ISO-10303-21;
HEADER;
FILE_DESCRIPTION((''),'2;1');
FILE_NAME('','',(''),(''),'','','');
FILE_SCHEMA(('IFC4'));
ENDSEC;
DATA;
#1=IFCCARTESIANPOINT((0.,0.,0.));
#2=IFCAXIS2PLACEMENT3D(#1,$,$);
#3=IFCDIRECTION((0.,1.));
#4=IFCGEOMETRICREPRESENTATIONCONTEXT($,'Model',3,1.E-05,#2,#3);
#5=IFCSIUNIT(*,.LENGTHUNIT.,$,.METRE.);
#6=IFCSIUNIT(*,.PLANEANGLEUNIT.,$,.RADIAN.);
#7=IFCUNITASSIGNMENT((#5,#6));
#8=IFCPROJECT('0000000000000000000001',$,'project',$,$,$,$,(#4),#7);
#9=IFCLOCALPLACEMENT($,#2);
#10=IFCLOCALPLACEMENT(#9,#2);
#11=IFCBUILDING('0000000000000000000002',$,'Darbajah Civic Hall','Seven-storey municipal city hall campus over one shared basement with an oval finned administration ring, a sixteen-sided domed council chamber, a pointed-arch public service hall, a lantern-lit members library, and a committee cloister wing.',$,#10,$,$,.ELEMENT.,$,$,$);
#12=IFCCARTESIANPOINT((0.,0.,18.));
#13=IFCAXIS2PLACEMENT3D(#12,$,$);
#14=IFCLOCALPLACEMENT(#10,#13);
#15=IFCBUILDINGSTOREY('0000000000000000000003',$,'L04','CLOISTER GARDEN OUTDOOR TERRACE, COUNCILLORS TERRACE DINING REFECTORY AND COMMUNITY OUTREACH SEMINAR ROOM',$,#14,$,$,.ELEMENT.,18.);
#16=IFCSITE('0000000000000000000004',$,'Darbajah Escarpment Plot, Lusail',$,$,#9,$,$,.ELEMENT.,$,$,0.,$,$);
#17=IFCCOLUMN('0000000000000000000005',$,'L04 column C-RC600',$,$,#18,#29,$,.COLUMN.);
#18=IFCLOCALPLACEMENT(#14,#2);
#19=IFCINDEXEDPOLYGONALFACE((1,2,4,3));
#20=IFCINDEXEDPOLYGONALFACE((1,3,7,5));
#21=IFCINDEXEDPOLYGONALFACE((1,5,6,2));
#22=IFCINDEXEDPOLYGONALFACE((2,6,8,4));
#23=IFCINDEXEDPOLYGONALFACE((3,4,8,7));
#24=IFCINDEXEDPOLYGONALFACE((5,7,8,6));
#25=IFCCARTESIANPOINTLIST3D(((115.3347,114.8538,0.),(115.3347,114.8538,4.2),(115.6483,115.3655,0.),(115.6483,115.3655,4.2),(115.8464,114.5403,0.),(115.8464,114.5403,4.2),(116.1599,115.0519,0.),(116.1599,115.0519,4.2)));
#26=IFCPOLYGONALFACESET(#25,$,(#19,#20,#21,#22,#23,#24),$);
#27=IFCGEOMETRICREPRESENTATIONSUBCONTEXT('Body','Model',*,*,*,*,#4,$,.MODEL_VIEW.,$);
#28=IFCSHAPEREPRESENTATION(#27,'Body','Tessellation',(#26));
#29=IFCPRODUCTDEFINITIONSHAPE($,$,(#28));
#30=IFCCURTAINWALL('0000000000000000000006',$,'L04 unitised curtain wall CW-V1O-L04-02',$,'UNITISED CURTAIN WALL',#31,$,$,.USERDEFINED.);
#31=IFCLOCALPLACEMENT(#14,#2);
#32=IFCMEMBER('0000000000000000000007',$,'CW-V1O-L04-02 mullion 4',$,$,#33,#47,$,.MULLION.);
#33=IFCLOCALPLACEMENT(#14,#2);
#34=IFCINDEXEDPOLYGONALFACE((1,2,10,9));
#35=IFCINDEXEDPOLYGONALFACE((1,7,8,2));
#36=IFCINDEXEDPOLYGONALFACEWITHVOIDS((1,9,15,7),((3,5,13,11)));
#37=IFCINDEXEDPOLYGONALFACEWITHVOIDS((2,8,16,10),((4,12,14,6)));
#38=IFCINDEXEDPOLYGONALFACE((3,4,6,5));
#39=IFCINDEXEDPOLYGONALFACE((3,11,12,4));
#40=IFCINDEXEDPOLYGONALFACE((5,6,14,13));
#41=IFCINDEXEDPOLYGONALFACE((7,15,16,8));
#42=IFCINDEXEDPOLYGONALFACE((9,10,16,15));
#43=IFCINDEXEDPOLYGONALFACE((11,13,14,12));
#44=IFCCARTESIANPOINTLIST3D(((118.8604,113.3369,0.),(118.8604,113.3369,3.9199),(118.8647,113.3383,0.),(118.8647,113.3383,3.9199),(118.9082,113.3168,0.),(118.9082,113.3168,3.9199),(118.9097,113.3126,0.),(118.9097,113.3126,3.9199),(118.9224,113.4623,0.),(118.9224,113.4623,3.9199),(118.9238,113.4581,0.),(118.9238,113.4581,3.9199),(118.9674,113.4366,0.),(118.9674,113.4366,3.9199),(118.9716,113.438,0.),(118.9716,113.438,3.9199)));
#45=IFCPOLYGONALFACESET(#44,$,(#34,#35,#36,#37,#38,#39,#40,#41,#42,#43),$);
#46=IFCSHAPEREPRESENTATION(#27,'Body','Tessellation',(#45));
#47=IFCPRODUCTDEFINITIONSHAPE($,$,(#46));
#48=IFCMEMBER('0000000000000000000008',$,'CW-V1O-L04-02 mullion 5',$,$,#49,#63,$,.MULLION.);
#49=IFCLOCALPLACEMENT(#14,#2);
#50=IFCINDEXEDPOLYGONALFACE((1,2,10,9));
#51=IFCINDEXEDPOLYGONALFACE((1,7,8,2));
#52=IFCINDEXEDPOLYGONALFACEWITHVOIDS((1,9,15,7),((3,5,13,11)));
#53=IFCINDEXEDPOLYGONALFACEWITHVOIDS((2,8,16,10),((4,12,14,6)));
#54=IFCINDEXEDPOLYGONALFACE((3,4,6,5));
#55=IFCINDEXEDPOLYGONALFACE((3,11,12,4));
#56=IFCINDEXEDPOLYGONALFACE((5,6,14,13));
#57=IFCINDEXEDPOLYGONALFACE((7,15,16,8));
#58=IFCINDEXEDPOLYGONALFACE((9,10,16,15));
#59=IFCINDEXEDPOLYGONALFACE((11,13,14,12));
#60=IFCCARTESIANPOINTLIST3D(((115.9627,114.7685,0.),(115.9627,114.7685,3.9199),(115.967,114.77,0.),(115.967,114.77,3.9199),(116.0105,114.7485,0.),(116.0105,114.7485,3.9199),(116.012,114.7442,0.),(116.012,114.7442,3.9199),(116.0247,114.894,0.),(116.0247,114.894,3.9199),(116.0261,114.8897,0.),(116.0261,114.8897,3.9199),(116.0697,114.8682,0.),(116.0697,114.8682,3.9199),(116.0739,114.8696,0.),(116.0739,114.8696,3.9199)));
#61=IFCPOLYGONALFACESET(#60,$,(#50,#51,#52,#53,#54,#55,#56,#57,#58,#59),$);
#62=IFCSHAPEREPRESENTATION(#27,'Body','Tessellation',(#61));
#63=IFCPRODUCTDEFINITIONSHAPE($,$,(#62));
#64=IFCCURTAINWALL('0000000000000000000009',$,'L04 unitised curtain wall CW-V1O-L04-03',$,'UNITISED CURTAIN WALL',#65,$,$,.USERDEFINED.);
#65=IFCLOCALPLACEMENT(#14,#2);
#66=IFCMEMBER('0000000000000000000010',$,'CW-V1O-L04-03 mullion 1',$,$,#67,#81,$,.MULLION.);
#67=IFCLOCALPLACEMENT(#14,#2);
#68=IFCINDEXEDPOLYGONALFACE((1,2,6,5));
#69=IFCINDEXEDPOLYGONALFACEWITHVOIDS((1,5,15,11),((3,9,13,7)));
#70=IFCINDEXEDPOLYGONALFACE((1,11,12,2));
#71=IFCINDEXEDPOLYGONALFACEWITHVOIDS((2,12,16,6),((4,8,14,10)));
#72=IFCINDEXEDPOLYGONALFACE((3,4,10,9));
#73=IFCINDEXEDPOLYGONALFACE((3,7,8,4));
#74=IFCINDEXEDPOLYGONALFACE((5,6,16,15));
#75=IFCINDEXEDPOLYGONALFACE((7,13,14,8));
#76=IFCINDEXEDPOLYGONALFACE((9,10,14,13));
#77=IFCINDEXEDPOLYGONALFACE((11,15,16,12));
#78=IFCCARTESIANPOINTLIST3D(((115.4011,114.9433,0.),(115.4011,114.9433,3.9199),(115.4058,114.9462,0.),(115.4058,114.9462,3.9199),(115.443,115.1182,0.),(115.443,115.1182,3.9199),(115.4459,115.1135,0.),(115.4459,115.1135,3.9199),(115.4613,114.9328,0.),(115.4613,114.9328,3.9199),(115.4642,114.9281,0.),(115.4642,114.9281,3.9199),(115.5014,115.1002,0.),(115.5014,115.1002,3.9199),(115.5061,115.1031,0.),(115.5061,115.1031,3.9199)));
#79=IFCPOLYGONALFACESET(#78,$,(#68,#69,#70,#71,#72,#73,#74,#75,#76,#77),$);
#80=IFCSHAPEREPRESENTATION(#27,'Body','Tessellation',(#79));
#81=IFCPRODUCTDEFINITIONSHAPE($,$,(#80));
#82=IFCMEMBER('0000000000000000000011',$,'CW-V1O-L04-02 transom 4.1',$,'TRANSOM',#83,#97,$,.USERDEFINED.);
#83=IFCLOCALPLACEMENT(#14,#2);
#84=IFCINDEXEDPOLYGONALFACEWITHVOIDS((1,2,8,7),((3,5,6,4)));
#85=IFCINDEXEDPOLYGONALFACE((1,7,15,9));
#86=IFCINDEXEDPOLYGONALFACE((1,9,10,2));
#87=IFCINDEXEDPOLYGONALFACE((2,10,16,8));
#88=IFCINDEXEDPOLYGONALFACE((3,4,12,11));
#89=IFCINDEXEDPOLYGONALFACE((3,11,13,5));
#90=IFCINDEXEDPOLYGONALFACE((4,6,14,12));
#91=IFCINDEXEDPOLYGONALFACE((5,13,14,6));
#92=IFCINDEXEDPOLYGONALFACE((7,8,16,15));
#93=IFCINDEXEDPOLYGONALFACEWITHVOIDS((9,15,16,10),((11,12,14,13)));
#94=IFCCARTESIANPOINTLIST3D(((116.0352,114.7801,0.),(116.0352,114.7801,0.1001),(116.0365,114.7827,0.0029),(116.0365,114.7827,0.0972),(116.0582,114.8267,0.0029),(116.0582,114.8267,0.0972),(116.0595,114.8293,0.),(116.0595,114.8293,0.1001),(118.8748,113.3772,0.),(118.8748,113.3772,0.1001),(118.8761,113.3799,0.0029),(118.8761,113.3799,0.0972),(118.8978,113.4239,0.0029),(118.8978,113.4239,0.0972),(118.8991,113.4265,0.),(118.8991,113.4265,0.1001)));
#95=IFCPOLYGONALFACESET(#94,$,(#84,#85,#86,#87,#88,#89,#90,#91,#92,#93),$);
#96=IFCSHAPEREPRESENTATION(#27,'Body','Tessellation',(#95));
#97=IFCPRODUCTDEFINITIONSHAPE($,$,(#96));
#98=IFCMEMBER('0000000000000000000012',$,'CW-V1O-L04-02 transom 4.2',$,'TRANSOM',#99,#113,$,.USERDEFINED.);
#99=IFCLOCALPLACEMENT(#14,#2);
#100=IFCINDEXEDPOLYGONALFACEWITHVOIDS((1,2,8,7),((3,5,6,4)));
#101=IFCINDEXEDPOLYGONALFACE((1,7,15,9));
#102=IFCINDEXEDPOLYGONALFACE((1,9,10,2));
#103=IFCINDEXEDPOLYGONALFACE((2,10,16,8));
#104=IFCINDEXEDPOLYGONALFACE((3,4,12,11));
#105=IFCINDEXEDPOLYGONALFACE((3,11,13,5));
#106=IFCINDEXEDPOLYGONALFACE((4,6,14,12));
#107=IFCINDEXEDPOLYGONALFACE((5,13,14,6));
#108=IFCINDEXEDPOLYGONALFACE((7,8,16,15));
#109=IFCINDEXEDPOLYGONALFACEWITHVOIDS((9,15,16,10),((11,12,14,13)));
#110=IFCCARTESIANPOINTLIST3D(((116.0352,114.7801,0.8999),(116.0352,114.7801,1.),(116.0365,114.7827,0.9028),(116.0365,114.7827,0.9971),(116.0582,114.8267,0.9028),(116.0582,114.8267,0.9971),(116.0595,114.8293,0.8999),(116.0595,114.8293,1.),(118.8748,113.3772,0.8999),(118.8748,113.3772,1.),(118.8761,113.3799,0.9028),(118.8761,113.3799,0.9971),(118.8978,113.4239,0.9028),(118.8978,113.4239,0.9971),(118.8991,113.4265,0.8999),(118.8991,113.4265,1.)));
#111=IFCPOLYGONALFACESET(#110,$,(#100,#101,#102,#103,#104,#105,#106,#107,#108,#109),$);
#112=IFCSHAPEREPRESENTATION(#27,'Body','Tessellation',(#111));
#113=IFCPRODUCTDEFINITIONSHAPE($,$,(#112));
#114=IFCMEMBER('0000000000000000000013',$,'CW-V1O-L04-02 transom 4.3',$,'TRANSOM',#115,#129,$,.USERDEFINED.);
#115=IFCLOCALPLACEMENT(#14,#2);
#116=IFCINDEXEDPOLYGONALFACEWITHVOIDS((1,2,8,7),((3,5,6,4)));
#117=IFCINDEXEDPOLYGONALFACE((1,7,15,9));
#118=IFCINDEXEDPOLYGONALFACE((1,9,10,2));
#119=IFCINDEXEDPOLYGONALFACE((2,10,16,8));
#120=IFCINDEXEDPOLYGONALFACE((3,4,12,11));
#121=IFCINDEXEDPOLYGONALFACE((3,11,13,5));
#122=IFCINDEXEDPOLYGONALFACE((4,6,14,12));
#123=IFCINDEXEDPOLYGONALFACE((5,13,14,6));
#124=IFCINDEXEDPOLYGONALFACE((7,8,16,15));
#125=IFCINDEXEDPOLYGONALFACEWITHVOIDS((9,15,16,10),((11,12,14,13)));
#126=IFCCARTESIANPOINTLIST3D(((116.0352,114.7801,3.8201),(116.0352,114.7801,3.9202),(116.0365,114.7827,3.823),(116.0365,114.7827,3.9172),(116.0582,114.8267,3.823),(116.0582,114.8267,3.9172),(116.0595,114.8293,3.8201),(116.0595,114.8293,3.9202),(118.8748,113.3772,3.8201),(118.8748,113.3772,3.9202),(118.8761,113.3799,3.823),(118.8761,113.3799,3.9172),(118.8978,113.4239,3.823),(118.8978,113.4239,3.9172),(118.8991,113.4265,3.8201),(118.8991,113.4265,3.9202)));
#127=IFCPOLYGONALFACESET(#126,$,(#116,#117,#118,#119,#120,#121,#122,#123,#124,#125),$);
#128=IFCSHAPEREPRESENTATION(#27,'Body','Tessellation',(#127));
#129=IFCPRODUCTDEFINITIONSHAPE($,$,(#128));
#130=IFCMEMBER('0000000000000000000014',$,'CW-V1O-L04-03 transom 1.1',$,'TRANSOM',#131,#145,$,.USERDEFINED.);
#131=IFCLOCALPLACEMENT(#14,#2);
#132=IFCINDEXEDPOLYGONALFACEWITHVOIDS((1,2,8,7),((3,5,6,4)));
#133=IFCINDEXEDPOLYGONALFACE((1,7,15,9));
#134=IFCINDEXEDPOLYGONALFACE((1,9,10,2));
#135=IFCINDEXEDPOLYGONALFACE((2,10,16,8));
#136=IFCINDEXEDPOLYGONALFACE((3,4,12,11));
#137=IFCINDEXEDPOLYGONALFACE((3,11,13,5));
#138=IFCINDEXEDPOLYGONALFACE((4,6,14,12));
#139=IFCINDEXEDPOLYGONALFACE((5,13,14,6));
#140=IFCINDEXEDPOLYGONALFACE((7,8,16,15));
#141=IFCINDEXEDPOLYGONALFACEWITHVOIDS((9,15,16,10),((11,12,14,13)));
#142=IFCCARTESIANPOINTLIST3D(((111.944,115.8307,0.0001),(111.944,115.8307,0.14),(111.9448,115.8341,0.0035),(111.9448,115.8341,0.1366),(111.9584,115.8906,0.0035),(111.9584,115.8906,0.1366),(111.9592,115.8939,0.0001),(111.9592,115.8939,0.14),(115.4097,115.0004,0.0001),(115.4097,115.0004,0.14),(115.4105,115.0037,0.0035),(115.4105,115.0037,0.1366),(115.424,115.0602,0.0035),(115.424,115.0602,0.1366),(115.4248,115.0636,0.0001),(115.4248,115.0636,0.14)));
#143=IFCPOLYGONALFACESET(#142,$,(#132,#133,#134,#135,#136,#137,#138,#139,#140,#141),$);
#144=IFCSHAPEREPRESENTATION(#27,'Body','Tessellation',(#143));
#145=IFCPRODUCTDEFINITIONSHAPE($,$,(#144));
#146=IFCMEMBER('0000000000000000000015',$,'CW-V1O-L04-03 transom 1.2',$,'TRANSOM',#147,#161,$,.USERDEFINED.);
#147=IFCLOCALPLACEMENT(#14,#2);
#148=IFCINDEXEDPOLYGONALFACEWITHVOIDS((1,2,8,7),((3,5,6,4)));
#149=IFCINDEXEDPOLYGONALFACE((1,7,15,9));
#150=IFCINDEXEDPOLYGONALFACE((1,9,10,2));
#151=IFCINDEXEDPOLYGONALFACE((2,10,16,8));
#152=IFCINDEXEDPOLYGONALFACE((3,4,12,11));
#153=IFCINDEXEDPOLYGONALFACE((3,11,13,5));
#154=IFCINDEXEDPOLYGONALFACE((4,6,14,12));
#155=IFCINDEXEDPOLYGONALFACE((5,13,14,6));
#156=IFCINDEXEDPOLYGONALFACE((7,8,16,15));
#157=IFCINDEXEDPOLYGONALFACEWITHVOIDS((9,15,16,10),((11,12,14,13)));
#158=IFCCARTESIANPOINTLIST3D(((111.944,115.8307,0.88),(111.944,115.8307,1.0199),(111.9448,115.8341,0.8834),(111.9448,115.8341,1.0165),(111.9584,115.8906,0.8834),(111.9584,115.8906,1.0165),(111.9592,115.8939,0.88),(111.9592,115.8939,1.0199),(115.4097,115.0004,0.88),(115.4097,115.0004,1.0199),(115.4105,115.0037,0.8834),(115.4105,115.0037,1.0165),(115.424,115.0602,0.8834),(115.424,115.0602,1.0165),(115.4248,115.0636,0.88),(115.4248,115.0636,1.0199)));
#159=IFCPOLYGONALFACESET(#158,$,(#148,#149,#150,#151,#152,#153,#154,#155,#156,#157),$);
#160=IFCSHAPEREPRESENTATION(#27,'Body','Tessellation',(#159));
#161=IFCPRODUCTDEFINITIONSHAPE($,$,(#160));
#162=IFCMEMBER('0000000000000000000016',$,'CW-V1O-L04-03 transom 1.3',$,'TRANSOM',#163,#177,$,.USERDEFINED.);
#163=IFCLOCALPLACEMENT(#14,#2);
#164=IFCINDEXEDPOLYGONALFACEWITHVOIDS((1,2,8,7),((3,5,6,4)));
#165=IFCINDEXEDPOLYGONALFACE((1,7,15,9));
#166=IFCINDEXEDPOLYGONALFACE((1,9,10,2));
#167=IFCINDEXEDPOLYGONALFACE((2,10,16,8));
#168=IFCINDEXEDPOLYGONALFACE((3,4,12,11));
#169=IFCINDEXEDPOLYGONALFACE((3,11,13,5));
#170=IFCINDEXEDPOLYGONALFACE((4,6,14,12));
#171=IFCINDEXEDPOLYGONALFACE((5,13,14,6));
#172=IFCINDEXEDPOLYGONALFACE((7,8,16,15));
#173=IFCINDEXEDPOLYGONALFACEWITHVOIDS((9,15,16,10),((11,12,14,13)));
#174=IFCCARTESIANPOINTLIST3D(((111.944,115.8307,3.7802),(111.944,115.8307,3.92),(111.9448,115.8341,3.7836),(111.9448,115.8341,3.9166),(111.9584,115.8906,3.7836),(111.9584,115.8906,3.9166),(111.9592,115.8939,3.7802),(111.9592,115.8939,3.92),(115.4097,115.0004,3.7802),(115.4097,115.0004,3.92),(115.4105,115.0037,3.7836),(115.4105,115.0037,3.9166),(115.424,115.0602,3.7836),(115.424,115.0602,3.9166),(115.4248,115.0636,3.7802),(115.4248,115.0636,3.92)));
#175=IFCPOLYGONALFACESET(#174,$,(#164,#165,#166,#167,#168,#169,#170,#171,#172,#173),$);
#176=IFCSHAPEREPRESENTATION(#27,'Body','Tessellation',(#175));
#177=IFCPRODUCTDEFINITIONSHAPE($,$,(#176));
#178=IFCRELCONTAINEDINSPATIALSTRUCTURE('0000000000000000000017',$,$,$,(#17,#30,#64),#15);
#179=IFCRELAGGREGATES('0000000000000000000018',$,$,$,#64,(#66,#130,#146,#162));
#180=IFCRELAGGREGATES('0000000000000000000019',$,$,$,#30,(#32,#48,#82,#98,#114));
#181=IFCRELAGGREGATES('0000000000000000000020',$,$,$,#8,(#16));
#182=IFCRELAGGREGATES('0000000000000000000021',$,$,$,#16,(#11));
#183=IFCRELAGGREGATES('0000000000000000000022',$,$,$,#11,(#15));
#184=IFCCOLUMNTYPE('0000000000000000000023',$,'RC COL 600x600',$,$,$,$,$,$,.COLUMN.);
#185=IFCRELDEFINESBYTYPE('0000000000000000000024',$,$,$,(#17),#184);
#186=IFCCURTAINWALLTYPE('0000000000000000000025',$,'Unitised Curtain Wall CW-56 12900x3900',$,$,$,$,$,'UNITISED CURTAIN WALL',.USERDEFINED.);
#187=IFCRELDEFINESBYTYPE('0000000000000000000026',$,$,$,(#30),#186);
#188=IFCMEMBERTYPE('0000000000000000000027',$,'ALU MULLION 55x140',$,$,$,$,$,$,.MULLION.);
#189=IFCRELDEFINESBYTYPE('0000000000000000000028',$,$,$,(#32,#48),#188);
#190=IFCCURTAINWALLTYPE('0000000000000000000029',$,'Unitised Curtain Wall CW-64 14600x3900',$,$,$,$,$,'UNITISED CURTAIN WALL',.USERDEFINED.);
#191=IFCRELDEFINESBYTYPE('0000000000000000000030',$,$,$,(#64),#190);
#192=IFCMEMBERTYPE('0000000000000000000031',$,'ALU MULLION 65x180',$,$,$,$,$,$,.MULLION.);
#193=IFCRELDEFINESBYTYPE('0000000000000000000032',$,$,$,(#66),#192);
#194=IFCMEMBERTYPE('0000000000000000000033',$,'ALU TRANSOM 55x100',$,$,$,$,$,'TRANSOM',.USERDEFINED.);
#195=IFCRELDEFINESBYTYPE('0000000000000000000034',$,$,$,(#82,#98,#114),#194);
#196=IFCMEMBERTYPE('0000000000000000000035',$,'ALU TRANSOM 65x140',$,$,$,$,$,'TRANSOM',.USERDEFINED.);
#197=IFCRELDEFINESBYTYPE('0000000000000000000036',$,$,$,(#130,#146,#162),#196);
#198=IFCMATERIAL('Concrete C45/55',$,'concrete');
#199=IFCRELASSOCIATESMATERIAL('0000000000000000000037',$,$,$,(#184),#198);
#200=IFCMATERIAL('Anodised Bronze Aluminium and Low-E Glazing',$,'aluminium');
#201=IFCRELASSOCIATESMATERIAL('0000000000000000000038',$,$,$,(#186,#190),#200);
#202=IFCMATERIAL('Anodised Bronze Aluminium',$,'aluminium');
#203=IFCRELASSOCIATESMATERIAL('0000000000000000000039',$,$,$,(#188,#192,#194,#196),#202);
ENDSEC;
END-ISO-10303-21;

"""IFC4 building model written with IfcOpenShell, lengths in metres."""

from ifc_helpers import new_model, si_unit, direction, frame, origin, origin_2d, place, context, subcontext, project, spatial, rectangle, hollow_rectangle, extrude, material, material_profile, profile_set, type_object, element, aggregate, save


model = new_model("IFC4")

# Units and contexts
model_context = context("Model", 3, precision=1e-05, world=origin(), true_north=direction((0.0, 1.0)))
body_context = subcontext(model_context, "Body", "Model", "MODEL_VIEW")
ifc_project = project(units=[si_unit("LENGTHUNIT", "METRE"), si_unit("PLANEANGLEUNIT", "RADIAN")], contexts=[model_context])

# Site, building, storey
site_placement = place(None, origin())
site = spatial("IfcSite", under=ifc_project, at=site_placement, Name="Darbajah Escarpment Plot, Lusail", CompositionType="ELEMENT", RefElevation=0.0)
building_placement = place(site_placement, origin())
building = spatial("IfcBuilding", under=site, at=building_placement, Name="Darbajah Civic Hall", Description="Seven-storey municipal city hall campus over one shared basement with an oval finned administration ring, a sixteen-sided domed council chamber, a pointed-arch public service hall, a lantern-lit members library, and a committee cloister wing.", CompositionType="ELEMENT")
storey_placement = place(building_placement, frame((0.0, 0.0, 18.0)))
storey = spatial("IfcBuildingStorey", under=building, at=storey_placement, Name="L04", Description="CLOISTER GARDEN OUTDOOR TERRACE, COUNCILLORS TERRACE DINING REFECTORY AND COMMUNITY OUTREACH SEMINAR ROOM", CompositionType="ELEMENT", Elevation=18.0)

# Column
ifc_material_1 = material(Name="Concrete C45/55", Category="concrete")
ifc_material_profile_1 = material_profile(ifc_material_1, rectangle(XDim=0.6001, YDim=0.6001, at=origin_2d()), Name="RC COL 600x600")
ifc_profile_set_1 = profile_set([ifc_material_profile_1], Name="Concrete C45/55")
column_type = type_object("IfcColumnType", Name="RC COL 600x600", PredefinedType="COLUMN", material=ifc_profile_set_1)
column_placement = place(storey_placement, frame((115.7473, 114.9529, 0.0), z_axis=(0.0, 0.0, 1.0), x_axis=(0.522499, 0.85264, 0.0)))
element("IfcColumn", 1, at=column_placement, inside=storey, type_object=column_type, Name="L04 column C-RC600", PredefinedType="COLUMN", context=body_context, shape_type="SweptSolid", body=[
    extrude(rectangle(XDim=0.6001, YDim=0.6001, at=origin_2d()), origin(), (0.0, 0.0, 1.0), 4.2),
])

# Curtain wall, members
ifc_material_2 = material(Name="Anodised Bronze Aluminium and Low-E Glazing", Category="aluminium")
curtain_wall_type_1 = type_object("IfcCurtainWallType", Name="Unitised Curtain Wall CW-56 12900x3900", ElementType="UNITISED CURTAIN WALL", PredefinedType="USERDEFINED", material=ifc_material_2)
curtain_wall_1_placement = place(storey_placement, origin())
curtain_wall_1 = element("IfcCurtainWall", 2, at=curtain_wall_1_placement, inside=storey, type_object=curtain_wall_type_1, Name="L04 unitised curtain wall CW-V1O-L04-02", ObjectType="UNITISED CURTAIN WALL", PredefinedType="USERDEFINED")
ifc_material_3 = material(Name="Anodised Bronze Aluminium", Category="aluminium")
ifc_material_profile_2 = material_profile(ifc_material_3, hollow_rectangle(XDim=0.0549, YDim=0.1399, WallThickness=0.0032, at=origin_2d()), Name="ALU MULLION 55x140")
ifc_profile_set_2 = profile_set([ifc_material_profile_2], Name="Anodised Bronze Aluminium")
member_type_1 = type_object("IfcMemberType", Name="ALU MULLION 55x140", PredefinedType="MULLION", material=ifc_profile_set_2)
member_1_placement = place(storey_placement, frame((118.916, 113.3875, 0.0), z_axis=(0.0, 0.0, 1.0), x_axis=(-0.896564, 0.442915, 0.0)))
member_1 = element("IfcMember", 3, at=member_1_placement, type_object=member_type_1, Name="CW-V1O-L04-02 mullion 4", PredefinedType="MULLION", context=body_context, shape_type="SweptSolid", body=[
    extrude(hollow_rectangle(XDim=0.0549, YDim=0.1399, WallThickness=0.0032, at=origin_2d()), origin(), (0.0, 0.0, 1.0), 3.9199),
])
member_2_placement = place(storey_placement, frame((116.0183, 114.8191, 0.0), z_axis=(0.0, 0.0, 1.0), x_axis=(-0.896564, 0.442915, 0.0)))
member_2 = element("IfcMember", 4, at=member_2_placement, type_object=member_type_1, Name="CW-V1O-L04-02 mullion 5", PredefinedType="MULLION", context=body_context, shape_type="SweptSolid", body=[
    extrude(hollow_rectangle(XDim=0.0549, YDim=0.1399, WallThickness=0.0032, at=origin_2d()), origin(), (0.0, 0.0, 1.0), 3.9199),
])

# Curtain wall, member
curtain_wall_type_2 = type_object("IfcCurtainWallType", Name="Unitised Curtain Wall CW-64 14600x3900", ElementType="UNITISED CURTAIN WALL", PredefinedType="USERDEFINED", material=ifc_material_2)
curtain_wall_2_placement = place(storey_placement, origin())
curtain_wall_2 = element("IfcCurtainWall", 5, at=curtain_wall_2_placement, inside=storey, type_object=curtain_wall_type_2, Name="L04 unitised curtain wall CW-V1O-L04-03", ObjectType="UNITISED CURTAIN WALL", PredefinedType="USERDEFINED")
ifc_material_profile_3 = material_profile(ifc_material_3, hollow_rectangle(XDim=0.0649, YDim=0.1799, WallThickness=0.0039, at=origin_2d()), Name="ALU MULLION 65x180")
ifc_profile_set_3 = profile_set([ifc_material_profile_3], Name="Anodised Bronze Aluminium")
member_type_2 = type_object("IfcMemberType", Name="ALU MULLION 65x180", PredefinedType="MULLION", material=ifc_profile_set_3)
member_3_placement = place(storey_placement, frame((115.4536, 115.0232, 0.0), z_axis=(0.0, 0.0, 1.0), x_axis=(-0.972492, 0.232936, 0.0)))
member_3 = element("IfcMember", 6, at=member_3_placement, type_object=member_type_2, Name="CW-V1O-L04-03 mullion 1", PredefinedType="MULLION", context=body_context, shape_type="SweptSolid", body=[
    extrude(hollow_rectangle(XDim=0.0649, YDim=0.1799, WallThickness=0.0039, at=origin_2d()), origin(), (0.0, 0.0, 1.0), 3.9199),
])

# Members
ifc_material_profile_4 = material_profile(ifc_material_3, hollow_rectangle(XDim=0.0549, YDim=0.1001, WallThickness=0.0029, at=origin_2d()), Name="ALU TRANSOM 55x100")
ifc_profile_set_4 = profile_set([ifc_material_profile_4], Name="Anodised Bronze Aluminium")
member_type_3 = type_object("IfcMemberType", Name="ALU TRANSOM 55x100", ElementType="TRANSOM", PredefinedType="USERDEFINED", material=ifc_profile_set_4)
member_4_placement = place(storey_placement, frame((118.887, 113.4019, 0.05), z_axis=(-0.89656, 0.442923, 0.0), x_axis=(-0.442923, -0.89656, 0.0)))
member_4 = element("IfcMember", 7, at=member_4_placement, type_object=member_type_3, Name="CW-V1O-L04-02 transom 4.1", ObjectType="TRANSOM", PredefinedType="USERDEFINED", context=body_context, shape_type="SweptSolid", body=[
    extrude(hollow_rectangle(XDim=0.0549, YDim=0.1001, WallThickness=0.0029, at=origin_2d()), origin(), (0.0, 0.0, 1.0), 3.1672),
])
member_5_placement = place(storey_placement, frame((118.887, 113.4019, 0.95), z_axis=(-0.89656, 0.442923, 0.0), x_axis=(-0.442923, -0.89656, 0.0)))
member_5 = element("IfcMember", 8, at=member_5_placement, type_object=member_type_3, Name="CW-V1O-L04-02 transom 4.2", ObjectType="TRANSOM", PredefinedType="USERDEFINED", context=body_context, shape_type="SweptSolid", body=[
    extrude(hollow_rectangle(XDim=0.0549, YDim=0.1001, WallThickness=0.0029, at=origin_2d()), origin(), (0.0, 0.0, 1.0), 3.1672),
])
member_6_placement = place(storey_placement, frame((118.887, 113.4019, 3.8701), z_axis=(-0.89656, 0.442923, 0.0), x_axis=(-0.442923, -0.89656, 0.0)))
member_6 = element("IfcMember", 9, at=member_6_placement, type_object=member_type_3, Name="CW-V1O-L04-02 transom 4.3", ObjectType="TRANSOM", PredefinedType="USERDEFINED", context=body_context, shape_type="SweptSolid", body=[
    extrude(hollow_rectangle(XDim=0.0549, YDim=0.1001, WallThickness=0.0029, at=origin_2d()), origin(), (0.0, 0.0, 1.0), 3.1672),
])
ifc_material_profile_5 = material_profile(ifc_material_3, hollow_rectangle(XDim=0.0649, YDim=0.1399, WallThickness=0.0034, at=origin_2d()), Name="ALU TRANSOM 65x140")
ifc_profile_set_5 = profile_set([ifc_material_profile_5], Name="Anodised Bronze Aluminium")
member_type_4 = type_object("IfcMemberType", Name="ALU TRANSOM 65x140", ElementType="TRANSOM", PredefinedType="USERDEFINED", material=ifc_profile_set_5)
member_7_placement = place(storey_placement, frame((115.4172, 115.032, 0.0701), z_axis=(-0.972477, 0.232997, 0.0), x_axis=(-0.232997, -0.972477, 0.0)))
member_7 = element("IfcMember", 10, at=member_7_placement, type_object=member_type_4, Name="CW-V1O-L04-03 transom 1.1", ObjectType="TRANSOM", PredefinedType="USERDEFINED", context=body_context, shape_type="SweptSolid", body=[
    extrude(hollow_rectangle(XDim=0.0649, YDim=0.1399, WallThickness=0.0034, at=origin_2d()), origin(), (0.0, 0.0, 1.0), 3.5637),
])
member_8_placement = place(storey_placement, frame((115.4172, 115.032, 0.95), z_axis=(-0.972477, 0.232997, 0.0), x_axis=(-0.232997, -0.972477, 0.0)))
member_8 = element("IfcMember", 11, at=member_8_placement, type_object=member_type_4, Name="CW-V1O-L04-03 transom 1.2", ObjectType="TRANSOM", PredefinedType="USERDEFINED", context=body_context, shape_type="SweptSolid", body=[
    extrude(hollow_rectangle(XDim=0.0649, YDim=0.1399, WallThickness=0.0034, at=origin_2d()), origin(), (0.0, 0.0, 1.0), 3.5637),
])
member_9_placement = place(storey_placement, frame((115.4172, 115.032, 3.8501), z_axis=(-0.972477, 0.232997, 0.0), x_axis=(-0.232997, -0.972477, 0.0)))
member_9 = element("IfcMember", 12, at=member_9_placement, type_object=member_type_4, Name="CW-V1O-L04-03 transom 1.3", ObjectType="TRANSOM", PredefinedType="USERDEFINED", context=body_context, shape_type="SweptSolid", body=[
    extrude(hollow_rectangle(XDim=0.0649, YDim=0.1399, WallThickness=0.0034, at=origin_2d()), origin(), (0.0, 0.0, 1.0), 3.5637),
])
aggregate(curtain_wall_2, [member_3, member_7, member_8, member_9])

aggregate(curtain_wall_1, [member_1, member_2, member_4, member_5, member_6])

save(model, "model.ifc")
